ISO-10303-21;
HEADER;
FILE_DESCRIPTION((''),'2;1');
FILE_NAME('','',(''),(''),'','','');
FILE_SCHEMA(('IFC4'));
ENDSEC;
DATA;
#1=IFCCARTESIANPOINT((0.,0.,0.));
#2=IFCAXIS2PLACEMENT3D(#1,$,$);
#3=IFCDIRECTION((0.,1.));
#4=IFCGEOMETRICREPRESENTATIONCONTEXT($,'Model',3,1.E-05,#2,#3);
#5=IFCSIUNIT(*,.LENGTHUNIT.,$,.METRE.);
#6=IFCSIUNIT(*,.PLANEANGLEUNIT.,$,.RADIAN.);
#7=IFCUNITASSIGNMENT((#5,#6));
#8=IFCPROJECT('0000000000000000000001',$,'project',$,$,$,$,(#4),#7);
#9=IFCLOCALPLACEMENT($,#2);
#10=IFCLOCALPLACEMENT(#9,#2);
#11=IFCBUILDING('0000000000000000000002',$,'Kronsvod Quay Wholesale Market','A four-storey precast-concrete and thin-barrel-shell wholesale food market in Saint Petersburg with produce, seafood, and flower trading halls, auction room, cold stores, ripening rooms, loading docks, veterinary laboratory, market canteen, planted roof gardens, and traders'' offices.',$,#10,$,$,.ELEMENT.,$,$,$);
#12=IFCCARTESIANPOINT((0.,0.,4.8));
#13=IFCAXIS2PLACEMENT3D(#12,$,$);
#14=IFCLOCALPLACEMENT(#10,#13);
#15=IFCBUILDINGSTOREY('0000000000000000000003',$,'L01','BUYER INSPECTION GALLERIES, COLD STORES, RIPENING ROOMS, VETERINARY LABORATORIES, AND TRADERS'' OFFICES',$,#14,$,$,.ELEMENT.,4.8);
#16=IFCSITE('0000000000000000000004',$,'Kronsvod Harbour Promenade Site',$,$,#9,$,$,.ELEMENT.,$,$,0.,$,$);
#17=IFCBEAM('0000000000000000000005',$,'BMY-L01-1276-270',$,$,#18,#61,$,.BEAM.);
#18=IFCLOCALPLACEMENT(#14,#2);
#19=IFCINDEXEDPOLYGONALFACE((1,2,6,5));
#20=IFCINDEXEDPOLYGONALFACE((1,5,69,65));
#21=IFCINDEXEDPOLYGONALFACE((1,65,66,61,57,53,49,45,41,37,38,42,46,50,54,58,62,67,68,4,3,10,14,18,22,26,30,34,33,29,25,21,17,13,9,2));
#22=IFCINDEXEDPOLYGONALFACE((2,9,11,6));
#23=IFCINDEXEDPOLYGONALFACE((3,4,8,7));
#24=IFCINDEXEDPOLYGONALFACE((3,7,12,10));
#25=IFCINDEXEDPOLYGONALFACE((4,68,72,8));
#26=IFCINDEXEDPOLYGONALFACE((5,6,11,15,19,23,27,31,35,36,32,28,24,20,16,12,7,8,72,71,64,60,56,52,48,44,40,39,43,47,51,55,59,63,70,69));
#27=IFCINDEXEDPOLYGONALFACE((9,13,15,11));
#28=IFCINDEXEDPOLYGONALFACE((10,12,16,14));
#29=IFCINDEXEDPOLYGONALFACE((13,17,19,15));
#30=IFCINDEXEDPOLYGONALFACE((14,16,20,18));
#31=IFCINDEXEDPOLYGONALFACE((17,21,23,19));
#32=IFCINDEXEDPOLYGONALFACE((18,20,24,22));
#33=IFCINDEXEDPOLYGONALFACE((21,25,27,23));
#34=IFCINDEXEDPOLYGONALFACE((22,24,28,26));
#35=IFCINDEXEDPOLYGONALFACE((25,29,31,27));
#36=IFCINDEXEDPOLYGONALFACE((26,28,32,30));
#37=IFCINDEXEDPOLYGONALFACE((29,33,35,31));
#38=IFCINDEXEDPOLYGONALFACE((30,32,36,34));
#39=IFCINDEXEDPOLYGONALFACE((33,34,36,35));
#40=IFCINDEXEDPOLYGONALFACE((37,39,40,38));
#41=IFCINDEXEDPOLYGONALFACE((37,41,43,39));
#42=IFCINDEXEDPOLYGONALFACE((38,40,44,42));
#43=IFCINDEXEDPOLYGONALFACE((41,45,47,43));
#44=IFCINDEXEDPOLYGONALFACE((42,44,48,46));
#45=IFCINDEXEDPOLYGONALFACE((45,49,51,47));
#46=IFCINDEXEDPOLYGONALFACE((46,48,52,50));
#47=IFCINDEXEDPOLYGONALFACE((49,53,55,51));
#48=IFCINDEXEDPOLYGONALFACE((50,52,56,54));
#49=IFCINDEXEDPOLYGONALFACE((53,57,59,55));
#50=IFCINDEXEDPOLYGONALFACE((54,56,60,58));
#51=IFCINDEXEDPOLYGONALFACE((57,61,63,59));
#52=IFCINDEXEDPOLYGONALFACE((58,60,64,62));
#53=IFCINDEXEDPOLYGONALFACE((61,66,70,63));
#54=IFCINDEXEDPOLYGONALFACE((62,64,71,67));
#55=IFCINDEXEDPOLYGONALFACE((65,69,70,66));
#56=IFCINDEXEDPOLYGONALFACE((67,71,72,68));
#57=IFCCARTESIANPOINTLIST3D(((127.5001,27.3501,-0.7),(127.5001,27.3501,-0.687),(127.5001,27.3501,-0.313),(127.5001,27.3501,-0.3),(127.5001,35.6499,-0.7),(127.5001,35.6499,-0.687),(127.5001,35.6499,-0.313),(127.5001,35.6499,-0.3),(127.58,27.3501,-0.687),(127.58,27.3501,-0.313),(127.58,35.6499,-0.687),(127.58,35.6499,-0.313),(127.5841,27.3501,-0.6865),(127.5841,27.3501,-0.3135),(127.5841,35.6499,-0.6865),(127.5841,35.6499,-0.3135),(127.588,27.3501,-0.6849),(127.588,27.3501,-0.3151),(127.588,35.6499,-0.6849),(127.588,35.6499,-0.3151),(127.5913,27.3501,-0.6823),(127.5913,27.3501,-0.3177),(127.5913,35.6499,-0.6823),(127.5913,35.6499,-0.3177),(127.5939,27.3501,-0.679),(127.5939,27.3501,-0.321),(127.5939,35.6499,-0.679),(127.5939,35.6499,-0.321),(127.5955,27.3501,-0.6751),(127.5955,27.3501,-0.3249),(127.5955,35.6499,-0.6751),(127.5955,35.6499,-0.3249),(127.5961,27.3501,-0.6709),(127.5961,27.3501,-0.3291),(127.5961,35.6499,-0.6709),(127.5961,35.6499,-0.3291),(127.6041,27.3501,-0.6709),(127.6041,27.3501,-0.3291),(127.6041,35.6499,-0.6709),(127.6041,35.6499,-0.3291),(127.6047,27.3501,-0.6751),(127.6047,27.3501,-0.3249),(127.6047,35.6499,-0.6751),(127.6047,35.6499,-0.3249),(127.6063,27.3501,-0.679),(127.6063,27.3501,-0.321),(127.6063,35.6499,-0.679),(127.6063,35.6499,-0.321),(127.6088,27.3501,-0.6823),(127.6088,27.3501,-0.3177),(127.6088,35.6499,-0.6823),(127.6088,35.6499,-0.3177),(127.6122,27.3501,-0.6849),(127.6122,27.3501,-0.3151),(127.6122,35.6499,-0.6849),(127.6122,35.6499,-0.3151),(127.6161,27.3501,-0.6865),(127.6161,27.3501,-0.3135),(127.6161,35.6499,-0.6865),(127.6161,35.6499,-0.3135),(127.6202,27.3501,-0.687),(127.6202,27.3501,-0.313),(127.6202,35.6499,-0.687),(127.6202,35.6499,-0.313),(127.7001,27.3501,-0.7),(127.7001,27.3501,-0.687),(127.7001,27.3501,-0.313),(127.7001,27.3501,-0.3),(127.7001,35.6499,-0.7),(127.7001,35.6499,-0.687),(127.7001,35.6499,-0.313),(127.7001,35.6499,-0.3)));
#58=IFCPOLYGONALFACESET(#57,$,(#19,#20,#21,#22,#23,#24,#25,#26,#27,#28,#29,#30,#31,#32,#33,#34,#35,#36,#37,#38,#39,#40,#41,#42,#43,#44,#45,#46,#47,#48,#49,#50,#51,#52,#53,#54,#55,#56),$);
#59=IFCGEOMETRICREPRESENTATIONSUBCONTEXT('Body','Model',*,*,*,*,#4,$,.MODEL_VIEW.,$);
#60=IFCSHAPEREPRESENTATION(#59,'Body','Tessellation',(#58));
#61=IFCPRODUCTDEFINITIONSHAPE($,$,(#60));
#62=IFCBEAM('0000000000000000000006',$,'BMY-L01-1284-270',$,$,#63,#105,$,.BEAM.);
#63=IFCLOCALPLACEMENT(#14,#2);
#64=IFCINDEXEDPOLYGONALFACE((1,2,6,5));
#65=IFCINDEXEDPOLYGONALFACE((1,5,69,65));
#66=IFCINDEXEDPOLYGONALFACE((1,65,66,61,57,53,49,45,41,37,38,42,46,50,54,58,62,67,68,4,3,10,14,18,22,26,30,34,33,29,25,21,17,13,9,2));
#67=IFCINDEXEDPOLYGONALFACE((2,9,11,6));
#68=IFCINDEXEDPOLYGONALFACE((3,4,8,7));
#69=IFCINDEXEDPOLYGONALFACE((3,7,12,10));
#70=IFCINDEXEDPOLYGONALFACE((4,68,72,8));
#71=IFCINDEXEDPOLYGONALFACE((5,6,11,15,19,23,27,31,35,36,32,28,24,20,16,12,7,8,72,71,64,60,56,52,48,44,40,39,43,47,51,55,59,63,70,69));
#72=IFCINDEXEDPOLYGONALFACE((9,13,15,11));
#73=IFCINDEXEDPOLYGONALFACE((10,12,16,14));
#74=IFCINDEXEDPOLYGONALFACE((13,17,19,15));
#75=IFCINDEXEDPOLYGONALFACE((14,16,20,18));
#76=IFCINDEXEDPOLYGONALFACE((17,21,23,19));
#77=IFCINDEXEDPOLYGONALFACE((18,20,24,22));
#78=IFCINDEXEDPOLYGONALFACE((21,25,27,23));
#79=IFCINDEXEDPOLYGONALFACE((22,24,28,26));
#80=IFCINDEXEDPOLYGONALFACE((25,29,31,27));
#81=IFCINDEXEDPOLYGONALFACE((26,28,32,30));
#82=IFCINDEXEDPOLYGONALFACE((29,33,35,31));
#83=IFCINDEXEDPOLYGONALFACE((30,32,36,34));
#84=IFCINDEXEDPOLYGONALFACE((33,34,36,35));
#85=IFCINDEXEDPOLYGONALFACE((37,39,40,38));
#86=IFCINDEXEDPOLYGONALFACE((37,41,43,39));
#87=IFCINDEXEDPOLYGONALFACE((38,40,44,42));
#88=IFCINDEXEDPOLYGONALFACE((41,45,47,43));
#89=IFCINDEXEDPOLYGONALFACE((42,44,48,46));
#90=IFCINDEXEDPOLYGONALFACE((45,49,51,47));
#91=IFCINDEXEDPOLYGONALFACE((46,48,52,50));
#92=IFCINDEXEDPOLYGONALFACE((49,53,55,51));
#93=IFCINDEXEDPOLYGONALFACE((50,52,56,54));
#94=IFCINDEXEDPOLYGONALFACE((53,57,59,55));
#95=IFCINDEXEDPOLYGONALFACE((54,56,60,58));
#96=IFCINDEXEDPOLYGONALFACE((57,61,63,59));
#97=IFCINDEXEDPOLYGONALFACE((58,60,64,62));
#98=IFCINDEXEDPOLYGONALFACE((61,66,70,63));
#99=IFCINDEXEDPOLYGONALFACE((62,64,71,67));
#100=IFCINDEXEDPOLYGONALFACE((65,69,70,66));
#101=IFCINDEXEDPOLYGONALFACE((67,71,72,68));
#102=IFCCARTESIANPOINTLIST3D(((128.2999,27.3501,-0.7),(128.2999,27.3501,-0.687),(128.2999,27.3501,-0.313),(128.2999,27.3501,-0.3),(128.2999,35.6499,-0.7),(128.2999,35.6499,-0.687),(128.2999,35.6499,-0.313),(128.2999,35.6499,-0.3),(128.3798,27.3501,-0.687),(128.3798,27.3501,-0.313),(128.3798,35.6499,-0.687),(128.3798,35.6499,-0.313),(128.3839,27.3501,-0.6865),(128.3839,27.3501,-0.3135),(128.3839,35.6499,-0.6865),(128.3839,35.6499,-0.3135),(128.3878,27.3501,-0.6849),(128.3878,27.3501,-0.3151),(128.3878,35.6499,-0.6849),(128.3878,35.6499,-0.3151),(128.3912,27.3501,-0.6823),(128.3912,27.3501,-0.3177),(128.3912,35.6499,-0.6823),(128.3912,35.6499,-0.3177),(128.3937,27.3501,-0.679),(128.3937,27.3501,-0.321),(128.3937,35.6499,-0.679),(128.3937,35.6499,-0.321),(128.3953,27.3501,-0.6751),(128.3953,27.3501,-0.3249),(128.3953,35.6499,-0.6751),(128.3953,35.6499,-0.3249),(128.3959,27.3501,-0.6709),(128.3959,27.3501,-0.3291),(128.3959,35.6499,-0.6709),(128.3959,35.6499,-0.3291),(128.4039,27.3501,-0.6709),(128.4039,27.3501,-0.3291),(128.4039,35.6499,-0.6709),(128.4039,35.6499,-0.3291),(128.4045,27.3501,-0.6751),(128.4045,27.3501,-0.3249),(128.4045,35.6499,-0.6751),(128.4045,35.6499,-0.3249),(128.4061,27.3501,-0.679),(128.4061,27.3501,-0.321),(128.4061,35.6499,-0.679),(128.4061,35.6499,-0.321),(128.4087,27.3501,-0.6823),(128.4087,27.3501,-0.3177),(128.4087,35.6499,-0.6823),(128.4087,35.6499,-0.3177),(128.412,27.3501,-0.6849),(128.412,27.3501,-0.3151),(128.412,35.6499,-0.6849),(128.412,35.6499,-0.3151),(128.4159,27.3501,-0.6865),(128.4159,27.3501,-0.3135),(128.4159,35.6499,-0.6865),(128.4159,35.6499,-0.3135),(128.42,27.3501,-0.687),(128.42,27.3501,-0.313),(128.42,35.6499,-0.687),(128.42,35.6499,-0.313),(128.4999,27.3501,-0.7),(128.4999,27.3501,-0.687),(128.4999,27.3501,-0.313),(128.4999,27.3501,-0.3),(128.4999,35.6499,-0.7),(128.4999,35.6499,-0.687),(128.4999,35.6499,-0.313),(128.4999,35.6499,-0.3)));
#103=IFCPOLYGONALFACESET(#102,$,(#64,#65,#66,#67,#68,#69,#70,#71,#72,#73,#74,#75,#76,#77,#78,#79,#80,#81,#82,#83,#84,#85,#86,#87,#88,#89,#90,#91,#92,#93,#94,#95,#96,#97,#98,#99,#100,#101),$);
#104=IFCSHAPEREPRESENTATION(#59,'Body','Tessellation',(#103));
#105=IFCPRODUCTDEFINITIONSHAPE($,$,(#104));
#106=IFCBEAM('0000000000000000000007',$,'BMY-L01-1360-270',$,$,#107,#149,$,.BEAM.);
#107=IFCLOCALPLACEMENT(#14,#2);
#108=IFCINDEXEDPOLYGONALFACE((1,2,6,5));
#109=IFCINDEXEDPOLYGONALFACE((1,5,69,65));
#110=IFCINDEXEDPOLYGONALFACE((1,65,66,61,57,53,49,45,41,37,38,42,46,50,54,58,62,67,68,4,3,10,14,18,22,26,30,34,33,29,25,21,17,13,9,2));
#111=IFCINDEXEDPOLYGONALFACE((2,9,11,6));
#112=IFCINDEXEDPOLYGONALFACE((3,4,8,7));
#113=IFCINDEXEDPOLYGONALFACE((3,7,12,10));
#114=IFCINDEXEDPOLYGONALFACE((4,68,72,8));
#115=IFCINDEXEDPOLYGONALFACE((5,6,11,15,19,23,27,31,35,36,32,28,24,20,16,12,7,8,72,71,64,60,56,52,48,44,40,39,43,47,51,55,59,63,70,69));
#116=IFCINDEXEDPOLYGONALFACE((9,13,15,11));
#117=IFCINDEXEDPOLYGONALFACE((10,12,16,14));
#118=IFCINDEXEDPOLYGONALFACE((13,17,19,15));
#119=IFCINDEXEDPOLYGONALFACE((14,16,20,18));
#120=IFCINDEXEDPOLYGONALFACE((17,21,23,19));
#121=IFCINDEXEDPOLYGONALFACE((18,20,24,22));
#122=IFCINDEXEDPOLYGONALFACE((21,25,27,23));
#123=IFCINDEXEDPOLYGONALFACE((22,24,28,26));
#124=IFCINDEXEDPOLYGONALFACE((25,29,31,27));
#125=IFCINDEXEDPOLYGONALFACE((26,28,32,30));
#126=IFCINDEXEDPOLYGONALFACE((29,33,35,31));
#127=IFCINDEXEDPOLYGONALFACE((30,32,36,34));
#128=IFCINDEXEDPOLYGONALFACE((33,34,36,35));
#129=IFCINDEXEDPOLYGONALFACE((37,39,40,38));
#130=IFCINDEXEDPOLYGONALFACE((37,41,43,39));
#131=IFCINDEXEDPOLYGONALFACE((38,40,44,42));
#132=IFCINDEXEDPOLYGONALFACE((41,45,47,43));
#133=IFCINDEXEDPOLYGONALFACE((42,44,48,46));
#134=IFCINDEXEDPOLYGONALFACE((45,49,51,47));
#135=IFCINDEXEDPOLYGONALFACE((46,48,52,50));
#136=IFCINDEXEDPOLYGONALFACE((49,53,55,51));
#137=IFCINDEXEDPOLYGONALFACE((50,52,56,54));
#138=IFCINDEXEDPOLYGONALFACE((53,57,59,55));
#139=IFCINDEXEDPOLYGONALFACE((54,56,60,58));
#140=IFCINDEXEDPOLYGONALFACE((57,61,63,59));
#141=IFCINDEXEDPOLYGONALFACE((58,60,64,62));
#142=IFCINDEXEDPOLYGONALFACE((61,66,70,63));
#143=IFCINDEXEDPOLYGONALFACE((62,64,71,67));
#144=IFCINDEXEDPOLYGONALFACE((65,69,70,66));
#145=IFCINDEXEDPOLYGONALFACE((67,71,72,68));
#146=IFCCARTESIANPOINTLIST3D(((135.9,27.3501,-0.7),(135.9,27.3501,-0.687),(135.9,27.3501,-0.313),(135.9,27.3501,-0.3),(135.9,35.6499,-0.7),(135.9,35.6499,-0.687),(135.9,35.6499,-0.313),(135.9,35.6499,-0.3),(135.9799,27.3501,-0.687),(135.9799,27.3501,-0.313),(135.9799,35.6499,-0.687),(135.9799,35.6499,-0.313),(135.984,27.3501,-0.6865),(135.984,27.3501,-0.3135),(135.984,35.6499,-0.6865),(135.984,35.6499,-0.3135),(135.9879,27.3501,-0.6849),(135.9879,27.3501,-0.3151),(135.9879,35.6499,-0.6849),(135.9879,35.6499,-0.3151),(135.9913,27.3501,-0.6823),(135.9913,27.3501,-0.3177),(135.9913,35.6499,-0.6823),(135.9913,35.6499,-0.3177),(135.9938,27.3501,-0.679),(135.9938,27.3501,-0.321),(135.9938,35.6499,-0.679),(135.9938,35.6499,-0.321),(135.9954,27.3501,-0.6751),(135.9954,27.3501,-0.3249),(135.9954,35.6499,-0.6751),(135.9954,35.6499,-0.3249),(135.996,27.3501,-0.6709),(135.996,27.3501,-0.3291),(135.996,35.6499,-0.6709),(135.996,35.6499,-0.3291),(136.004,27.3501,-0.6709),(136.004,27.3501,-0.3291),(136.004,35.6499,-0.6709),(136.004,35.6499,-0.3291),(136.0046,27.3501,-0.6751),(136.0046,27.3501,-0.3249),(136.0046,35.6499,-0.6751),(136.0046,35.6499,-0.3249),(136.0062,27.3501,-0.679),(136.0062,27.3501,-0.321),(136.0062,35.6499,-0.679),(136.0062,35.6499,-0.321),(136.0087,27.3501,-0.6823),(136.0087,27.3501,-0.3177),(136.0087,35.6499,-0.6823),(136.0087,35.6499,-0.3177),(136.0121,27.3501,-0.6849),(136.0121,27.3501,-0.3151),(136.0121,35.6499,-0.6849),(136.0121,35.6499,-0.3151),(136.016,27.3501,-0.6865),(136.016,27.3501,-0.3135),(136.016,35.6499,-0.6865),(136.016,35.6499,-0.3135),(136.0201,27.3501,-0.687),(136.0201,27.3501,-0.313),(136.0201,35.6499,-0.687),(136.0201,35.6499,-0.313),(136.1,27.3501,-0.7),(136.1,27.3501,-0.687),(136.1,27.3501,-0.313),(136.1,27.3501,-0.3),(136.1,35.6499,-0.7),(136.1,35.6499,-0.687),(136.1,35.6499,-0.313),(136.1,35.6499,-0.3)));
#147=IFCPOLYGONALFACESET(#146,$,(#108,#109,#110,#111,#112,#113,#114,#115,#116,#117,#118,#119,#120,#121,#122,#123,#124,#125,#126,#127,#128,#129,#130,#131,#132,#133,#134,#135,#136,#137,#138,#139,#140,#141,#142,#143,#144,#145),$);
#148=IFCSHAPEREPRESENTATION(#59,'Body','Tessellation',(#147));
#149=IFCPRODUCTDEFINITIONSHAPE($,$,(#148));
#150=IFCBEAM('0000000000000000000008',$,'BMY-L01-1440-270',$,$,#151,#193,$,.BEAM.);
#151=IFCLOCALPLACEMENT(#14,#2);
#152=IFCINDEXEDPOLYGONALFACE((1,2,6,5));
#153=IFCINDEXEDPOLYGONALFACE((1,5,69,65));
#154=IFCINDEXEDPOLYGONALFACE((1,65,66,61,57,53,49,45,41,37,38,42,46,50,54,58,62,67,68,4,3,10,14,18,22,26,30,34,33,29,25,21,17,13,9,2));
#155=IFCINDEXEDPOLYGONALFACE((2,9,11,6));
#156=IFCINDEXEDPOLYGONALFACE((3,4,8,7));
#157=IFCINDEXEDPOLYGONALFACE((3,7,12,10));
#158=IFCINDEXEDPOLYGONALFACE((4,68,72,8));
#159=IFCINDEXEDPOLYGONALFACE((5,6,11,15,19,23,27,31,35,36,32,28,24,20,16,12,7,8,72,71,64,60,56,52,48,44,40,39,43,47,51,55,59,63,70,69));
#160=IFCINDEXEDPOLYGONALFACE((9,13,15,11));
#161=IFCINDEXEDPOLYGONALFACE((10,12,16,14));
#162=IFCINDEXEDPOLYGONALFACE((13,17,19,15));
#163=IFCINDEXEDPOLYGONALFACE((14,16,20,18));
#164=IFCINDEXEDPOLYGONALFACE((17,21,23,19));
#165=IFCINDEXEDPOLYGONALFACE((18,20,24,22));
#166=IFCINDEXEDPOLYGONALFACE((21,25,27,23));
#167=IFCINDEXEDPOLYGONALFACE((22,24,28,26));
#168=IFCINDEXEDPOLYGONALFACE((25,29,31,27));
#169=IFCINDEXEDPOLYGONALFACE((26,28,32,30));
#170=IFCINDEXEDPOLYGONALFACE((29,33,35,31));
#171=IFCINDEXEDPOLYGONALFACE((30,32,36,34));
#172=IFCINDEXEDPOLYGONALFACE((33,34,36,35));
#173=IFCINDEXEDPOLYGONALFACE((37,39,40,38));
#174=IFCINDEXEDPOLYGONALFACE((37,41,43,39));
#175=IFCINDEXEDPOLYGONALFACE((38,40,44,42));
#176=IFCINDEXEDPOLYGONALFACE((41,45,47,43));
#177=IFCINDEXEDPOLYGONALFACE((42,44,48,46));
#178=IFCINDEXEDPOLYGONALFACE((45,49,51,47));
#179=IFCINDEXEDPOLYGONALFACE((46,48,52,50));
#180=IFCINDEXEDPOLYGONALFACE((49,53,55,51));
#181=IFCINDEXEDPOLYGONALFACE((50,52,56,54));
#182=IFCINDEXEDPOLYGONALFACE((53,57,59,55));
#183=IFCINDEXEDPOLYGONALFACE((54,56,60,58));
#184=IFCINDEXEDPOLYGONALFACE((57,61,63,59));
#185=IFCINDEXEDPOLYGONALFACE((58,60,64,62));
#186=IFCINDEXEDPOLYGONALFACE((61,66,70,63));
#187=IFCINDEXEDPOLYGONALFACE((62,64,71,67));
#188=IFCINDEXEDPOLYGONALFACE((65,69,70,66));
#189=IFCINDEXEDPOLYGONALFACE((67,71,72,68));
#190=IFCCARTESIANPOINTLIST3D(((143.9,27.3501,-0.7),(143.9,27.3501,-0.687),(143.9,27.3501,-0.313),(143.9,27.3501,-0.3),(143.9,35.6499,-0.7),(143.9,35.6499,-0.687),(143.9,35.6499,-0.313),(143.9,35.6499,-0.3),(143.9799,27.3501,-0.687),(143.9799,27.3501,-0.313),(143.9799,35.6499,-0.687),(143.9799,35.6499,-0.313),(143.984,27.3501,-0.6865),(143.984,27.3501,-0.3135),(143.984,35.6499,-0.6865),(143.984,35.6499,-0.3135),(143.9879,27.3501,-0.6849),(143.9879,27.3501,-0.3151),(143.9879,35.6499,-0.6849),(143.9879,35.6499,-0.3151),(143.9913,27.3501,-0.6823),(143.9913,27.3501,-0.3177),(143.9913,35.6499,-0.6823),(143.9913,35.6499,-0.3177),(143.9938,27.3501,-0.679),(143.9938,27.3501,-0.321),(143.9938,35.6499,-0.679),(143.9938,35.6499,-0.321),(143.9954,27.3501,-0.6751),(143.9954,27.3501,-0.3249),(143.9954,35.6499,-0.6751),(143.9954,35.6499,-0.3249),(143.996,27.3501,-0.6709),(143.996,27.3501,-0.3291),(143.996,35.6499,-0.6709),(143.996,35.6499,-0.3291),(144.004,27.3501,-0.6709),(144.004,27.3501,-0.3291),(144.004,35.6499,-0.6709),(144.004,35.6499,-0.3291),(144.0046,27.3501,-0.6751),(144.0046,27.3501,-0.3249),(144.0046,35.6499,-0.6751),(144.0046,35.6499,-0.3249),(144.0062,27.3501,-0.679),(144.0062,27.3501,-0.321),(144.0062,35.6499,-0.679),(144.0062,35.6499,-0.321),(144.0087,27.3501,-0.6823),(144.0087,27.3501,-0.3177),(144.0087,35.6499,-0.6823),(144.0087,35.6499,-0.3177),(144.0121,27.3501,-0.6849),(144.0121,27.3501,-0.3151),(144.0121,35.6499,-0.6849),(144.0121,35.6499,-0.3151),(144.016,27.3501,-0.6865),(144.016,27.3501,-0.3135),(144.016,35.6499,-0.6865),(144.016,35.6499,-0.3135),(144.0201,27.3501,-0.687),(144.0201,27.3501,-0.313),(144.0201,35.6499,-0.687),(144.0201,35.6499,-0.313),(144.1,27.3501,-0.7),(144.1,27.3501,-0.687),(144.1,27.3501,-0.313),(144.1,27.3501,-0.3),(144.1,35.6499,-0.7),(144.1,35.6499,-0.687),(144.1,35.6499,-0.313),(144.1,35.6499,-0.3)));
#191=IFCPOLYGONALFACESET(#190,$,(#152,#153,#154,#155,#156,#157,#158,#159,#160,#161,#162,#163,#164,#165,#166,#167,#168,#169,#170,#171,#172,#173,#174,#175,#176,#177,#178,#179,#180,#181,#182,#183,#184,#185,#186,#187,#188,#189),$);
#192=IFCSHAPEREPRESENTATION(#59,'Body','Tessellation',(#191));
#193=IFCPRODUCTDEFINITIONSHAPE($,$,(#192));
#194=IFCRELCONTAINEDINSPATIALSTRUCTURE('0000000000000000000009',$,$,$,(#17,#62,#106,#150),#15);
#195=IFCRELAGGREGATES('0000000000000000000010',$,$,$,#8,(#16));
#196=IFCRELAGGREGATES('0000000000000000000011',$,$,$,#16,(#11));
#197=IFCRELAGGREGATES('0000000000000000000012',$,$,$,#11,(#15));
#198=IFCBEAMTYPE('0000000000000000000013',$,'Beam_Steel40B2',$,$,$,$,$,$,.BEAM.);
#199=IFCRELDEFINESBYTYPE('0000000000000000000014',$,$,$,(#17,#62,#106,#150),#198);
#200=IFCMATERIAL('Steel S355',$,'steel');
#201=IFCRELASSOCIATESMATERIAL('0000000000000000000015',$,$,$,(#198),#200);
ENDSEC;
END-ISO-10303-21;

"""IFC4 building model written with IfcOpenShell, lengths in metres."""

from ifc_helpers import new_model, si_unit, direction, frame, origin, origin_2d, place, context, subcontext, project, spatial, i_section, extrude, material, material_profile, profile_set, type_object, element, save


model = new_model("IFC4")

# Units and contexts
model_context = context("Model", 3, precision=1e-05, world=origin(), true_north=direction((0.0, 1.0)))
body_context = subcontext(model_context, "Body", "Model", "MODEL_VIEW")
ifc_project = project(units=[si_unit("LENGTHUNIT", "METRE"), si_unit("PLANEANGLEUNIT", "RADIAN")], contexts=[model_context])

# Site, building, storey
site_placement = place(None, origin())
site = spatial("IfcSite", under=ifc_project, at=site_placement, Name="Kronsvod Harbour Promenade Site", CompositionType="ELEMENT", RefElevation=0.0)
building_placement = place(site_placement, origin())
building = spatial("IfcBuilding", under=site, at=building_placement, Name="Kronsvod Quay Wholesale Market", Description="A four-storey precast-concrete and thin-barrel-shell wholesale food market in Saint Petersburg with produce, seafood, and flower trading halls, auction room, cold stores, ripening rooms, loading docks, veterinary laboratory, market canteen, planted roof gardens, and traders' offices.", CompositionType="ELEMENT")
storey_placement = place(building_placement, frame((0.0, 0.0, 4.8)))
storey = spatial("IfcBuildingStorey", under=building, at=storey_placement, Name="L01", Description="BUYER INSPECTION GALLERIES, COLD STORES, RIPENING ROOMS, VETERINARY LABORATORIES, AND TRADERS' OFFICES", CompositionType="ELEMENT", Elevation=4.8)

# Beams
ifc_material_1 = material(Name="Steel S355", Category="steel")
ifc_material_profile_1 = material_profile(ifc_material_1, i_section(OverallWidth=0.2, OverallDepth=0.3999, WebThickness=0.0081, FlangeThickness=0.0129, FilletRadius=0.0161, at=origin_2d()), Name="40B2")
ifc_profile_set_1 = profile_set([ifc_material_profile_1], Name="Steel S355")
beam_type_1 = type_object("IfcBeamType", Name="Beam_Steel40B2", PredefinedType="BEAM", material=ifc_profile_set_1)
for number, where, z_axis, x_axis, name in (
    (1, (127.6001, 27.3501, -0.5), (0.0, 1.0, 0.0), (-1.0, 0.0, 0.0), "BMY-L01-1276-270"),
    (2, (128.3999, 27.3501, -0.5), (0.0, 1.0, 0.0), (-1.0, 0.0, 0.0), "BMY-L01-1284-270"),
    (3, (136.0, 27.3501, -0.5), (0.0, 1.0, 0.0), (-1.0, 0.0, 0.0), "BMY-L01-1360-270"),
    (4, (144.0, 27.3501, -0.5), (0.0, 1.0, 0.0), (-1.0, 0.0, 0.0), "BMY-L01-1440-270"),
):
    element("IfcBeam", number, at=place(storey_placement, frame(where, z_axis=z_axis, x_axis=x_axis)), inside=storey, type_object=beam_type_1, Name=name, PredefinedType="BEAM", context=body_context, shape_type="SweptSolid", body=[
        extrude(i_section(OverallWidth=0.2, OverallDepth=0.3999, WebThickness=0.0081, FlangeThickness=0.0129, FilletRadius=0.0161, at=origin_2d()), origin(), (0.0, 0.0, 1.0), 8.2998),
    ])

save(model, "model.ifc")
